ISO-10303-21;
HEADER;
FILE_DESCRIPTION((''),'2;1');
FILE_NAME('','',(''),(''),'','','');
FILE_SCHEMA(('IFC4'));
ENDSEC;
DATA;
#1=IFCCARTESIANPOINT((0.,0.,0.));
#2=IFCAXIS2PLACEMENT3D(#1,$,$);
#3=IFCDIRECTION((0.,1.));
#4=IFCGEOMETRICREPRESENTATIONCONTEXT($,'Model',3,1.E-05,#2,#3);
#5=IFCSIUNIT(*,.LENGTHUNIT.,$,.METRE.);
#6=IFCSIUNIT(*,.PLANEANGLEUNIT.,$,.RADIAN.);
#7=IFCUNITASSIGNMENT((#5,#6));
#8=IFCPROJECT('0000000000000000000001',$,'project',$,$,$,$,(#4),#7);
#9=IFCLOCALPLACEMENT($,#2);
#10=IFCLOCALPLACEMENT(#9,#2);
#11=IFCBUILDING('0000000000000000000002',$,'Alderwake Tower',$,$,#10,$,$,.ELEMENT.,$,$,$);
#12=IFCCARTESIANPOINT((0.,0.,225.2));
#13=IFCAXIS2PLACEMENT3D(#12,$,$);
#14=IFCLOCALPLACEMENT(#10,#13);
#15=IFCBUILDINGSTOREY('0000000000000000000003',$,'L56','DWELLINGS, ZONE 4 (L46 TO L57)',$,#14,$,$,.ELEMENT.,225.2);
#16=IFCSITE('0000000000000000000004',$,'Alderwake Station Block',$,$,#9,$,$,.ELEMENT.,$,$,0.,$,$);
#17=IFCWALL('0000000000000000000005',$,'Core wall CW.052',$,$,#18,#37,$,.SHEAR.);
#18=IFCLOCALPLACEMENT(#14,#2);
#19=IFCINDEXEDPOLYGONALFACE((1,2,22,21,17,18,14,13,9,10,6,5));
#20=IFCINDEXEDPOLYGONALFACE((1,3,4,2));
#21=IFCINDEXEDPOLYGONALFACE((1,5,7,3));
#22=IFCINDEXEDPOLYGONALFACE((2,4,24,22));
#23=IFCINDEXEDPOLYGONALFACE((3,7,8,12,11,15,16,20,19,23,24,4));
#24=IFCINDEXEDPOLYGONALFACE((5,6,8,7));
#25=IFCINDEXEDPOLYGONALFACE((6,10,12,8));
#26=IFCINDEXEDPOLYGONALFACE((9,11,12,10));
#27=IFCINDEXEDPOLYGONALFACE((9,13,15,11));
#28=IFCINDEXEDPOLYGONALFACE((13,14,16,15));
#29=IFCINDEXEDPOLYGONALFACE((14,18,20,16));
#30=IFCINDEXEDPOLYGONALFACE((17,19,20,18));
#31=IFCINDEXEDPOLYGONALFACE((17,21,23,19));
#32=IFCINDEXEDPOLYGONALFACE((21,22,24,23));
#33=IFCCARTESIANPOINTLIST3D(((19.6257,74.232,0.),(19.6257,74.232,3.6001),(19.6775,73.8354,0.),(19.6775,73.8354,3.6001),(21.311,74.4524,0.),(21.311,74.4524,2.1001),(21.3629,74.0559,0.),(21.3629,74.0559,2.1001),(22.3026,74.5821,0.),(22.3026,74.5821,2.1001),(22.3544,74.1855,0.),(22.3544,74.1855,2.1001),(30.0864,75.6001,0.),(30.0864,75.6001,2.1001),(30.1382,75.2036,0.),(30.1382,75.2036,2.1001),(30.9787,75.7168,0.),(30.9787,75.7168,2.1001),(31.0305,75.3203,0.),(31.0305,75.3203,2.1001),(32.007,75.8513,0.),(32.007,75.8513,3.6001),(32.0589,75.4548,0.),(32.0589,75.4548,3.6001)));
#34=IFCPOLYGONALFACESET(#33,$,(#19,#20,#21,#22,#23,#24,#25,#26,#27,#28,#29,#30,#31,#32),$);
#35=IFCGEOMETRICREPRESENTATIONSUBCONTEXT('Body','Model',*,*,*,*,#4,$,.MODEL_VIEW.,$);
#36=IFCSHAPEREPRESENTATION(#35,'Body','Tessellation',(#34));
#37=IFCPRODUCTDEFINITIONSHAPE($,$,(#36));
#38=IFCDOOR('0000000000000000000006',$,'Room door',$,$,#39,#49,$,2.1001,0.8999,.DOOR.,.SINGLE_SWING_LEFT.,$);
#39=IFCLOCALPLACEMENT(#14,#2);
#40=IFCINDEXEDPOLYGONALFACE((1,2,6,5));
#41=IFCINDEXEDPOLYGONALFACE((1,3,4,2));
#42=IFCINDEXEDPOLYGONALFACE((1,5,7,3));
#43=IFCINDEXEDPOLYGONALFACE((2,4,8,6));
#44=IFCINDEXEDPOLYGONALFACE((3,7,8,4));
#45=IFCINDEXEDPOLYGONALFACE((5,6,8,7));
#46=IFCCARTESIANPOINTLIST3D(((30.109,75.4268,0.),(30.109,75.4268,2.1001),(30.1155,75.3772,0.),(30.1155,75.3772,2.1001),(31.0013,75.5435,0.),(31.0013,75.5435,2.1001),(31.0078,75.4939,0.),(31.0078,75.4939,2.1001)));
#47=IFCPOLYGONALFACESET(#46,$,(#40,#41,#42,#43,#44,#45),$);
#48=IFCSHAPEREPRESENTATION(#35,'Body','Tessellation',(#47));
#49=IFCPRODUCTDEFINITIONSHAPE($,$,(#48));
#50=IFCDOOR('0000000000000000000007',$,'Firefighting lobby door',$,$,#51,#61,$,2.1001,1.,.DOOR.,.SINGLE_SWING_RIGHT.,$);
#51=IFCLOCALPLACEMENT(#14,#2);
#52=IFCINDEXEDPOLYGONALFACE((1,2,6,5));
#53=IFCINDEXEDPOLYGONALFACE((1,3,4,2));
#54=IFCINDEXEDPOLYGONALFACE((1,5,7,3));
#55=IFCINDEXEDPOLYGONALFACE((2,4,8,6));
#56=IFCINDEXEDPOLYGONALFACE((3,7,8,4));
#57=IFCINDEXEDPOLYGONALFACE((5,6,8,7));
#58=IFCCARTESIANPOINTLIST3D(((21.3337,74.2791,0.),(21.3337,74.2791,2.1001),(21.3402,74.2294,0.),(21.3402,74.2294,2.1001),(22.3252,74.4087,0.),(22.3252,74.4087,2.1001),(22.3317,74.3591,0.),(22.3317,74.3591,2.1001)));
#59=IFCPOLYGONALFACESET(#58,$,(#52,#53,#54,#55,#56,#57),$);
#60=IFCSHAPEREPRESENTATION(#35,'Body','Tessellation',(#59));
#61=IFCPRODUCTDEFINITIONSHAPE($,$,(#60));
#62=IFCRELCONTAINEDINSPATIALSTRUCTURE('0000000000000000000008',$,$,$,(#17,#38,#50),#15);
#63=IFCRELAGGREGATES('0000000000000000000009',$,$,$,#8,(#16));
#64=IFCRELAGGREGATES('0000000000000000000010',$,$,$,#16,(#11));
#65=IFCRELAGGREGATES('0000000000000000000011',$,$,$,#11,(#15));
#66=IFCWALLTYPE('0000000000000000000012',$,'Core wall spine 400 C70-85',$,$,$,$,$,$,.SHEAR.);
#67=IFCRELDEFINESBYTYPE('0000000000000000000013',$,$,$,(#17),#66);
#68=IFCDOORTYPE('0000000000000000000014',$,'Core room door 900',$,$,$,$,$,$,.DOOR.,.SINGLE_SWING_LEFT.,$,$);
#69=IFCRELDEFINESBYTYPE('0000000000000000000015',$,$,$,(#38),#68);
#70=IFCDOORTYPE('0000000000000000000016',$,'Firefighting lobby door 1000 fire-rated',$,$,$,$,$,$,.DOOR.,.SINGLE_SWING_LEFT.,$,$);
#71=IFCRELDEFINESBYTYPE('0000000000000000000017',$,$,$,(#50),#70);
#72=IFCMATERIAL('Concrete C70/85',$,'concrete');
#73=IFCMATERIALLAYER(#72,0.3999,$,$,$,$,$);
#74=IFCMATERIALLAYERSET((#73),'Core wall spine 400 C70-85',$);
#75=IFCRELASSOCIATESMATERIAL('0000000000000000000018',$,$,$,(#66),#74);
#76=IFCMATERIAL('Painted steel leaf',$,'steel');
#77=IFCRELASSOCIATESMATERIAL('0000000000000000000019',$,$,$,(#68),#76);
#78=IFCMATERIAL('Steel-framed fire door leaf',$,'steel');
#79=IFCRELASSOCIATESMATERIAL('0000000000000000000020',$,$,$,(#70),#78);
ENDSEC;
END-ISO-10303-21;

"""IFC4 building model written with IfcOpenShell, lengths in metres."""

from ifc_helpers import new_model, si_unit, direction, frame, frame_2d, origin, place, context, subcontext, project, spatial, rectangle, extrude, material, layer, layer_set, type_object, element, fill, save


model = new_model("IFC4")

# Units and contexts
model_context = context("Model", 3, precision=1e-05, world=origin(), true_north=direction((0.0, 1.0)))
body_context = subcontext(model_context, "Body", "Model", "MODEL_VIEW")
ifc_project = project(units=[si_unit("LENGTHUNIT", "METRE"), si_unit("PLANEANGLEUNIT", "RADIAN")], contexts=[model_context])

# Site, building, storey
site_placement = place(None, origin())
site = spatial("IfcSite", under=ifc_project, at=site_placement, Name="Alderwake Station Block", CompositionType="ELEMENT", RefElevation=0.0)
building_placement = place(site_placement, origin())
building = spatial("IfcBuilding", under=site, at=building_placement, Name="Alderwake Tower", CompositionType="ELEMENT")
storey_placement = place(building_placement, frame((0.0, 0.0, 225.2)))
storey = spatial("IfcBuildingStorey", under=building, at=storey_placement, Name="L56", Description="DWELLINGS, ZONE 4 (L46 TO L57)", CompositionType="ELEMENT", Elevation=225.2)

# Shared definitions
ifc_material_1 = material(Name="Concrete C70/85", Category="concrete")
ifc_layer_1 = layer(ifc_material_1, 0.3999)
ifc_layer_set_1 = layer_set([ifc_layer_1], Name="Core wall spine 400 C70-85")
wall_type_1 = type_object("IfcWallType", Name="Core wall spine 400 C70-85", PredefinedType="SHEAR", material=ifc_layer_set_1)
ifc_material_2 = material(Name="Painted steel leaf", Category="steel")
door_type_1 = type_object("IfcDoorType", Name="Core room door 900", OperationType="SINGLE_SWING_LEFT", PredefinedType="DOOR", material=ifc_material_2)

# Wall, openings, doors
wall_1_placement = place(storey_placement, frame((32.033, 75.6531, 0.0), z_axis=(0.0, 0.0, 1.0), x_axis=(-0.991555, -0.129688, 0.0)))
wall_1 = element("IfcWall", 1, at=wall_1_placement, inside=storey, type_object=wall_type_1, Name="Core wall CW.052", PredefinedType="SHEAR", context=body_context, shape_type="SweptSolid", body=[
    extrude(rectangle(XDim=12.4868, YDim=0.3999, at=frame_2d((6.2434, 0.0))), origin(), (0.0, 0.0, 1.0), 3.6001),
])
opening_1_placement = place(wall_1_placement, frame((9.7871, 0.0, 0.0)))
opening_1 = element("IfcOpeningElement", 2, at=opening_1_placement, cuts=wall_1, PredefinedType="OPENING", context=body_context, shape_type="SweptSolid", body=[
    extrude(rectangle(XDim=1.0, YDim=2.1001, at=frame_2d((0.5, 1.05))), frame((0.0, 0.21, 0.0), z_axis=(0.0, -1.0, 0.0), x_axis=(1.0, 0.0, 0.0)), (0.0, 0.0, 1.0), 0.4199),
])
opening_2_placement = place(wall_1_placement, frame((1.0371, 0.0, 0.0)))
opening_2 = element("IfcOpeningElement", 3, at=opening_2_placement, cuts=wall_1, PredefinedType="OPENING", context=body_context, shape_type="SweptSolid", body=[
    extrude(rectangle(XDim=0.8999, YDim=2.1001, at=frame_2d((0.45, 1.05))), frame((0.0, 0.21, 0.0), z_axis=(0.0, -1.0, 0.0), x_axis=(1.0, 0.0, 0.0)), (0.0, 0.0, 1.0), 0.4199),
])
door_1_placement = place(opening_2_placement, origin())
door_1 = element("IfcDoor", 4, at=door_1_placement, inside=storey, type_object=door_type_1, Name="Room door", OperationType="SINGLE_SWING_LEFT", OverallHeight=2.1001, OverallWidth=0.8999, PredefinedType="DOOR", context=body_context, shape_type="SweptSolid", body=[
    extrude(rectangle(XDim=0.8999, YDim=2.1001, at=frame_2d((0.45, 1.05))), frame((0.0, 0.0249, 0.0), z_axis=(0.0, -1.0, 0.0), x_axis=(1.0, 0.0, 0.0)), (0.0, 0.0, 1.0), 0.05),
])
fill(opening_2, door_1)
ifc_material_3 = material(Name="Steel-framed fire door leaf", Category="steel")
door_type_2 = type_object("IfcDoorType", Name="Firefighting lobby door 1000 fire-rated", OperationType="SINGLE_SWING_LEFT", PredefinedType="DOOR", material=ifc_material_3)
door_2_placement = place(opening_1_placement, origin())
door_2 = element("IfcDoor", 5, at=door_2_placement, inside=storey, type_object=door_type_2, Name="Firefighting lobby door", OperationType="SINGLE_SWING_RIGHT", OverallHeight=2.1001, OverallWidth=1.0, PredefinedType="DOOR", context=body_context, shape_type="SweptSolid", body=[
    extrude(rectangle(XDim=1.0, YDim=2.1001, at=frame_2d((0.5, 1.05))), frame((0.0, 0.0249, 0.0), z_axis=(0.0, -1.0, 0.0), x_axis=(1.0, 0.0, 0.0)), (0.0, 0.0, 1.0), 0.05),
])
fill(opening_1, door_2)

save(model, "model.ifc")
